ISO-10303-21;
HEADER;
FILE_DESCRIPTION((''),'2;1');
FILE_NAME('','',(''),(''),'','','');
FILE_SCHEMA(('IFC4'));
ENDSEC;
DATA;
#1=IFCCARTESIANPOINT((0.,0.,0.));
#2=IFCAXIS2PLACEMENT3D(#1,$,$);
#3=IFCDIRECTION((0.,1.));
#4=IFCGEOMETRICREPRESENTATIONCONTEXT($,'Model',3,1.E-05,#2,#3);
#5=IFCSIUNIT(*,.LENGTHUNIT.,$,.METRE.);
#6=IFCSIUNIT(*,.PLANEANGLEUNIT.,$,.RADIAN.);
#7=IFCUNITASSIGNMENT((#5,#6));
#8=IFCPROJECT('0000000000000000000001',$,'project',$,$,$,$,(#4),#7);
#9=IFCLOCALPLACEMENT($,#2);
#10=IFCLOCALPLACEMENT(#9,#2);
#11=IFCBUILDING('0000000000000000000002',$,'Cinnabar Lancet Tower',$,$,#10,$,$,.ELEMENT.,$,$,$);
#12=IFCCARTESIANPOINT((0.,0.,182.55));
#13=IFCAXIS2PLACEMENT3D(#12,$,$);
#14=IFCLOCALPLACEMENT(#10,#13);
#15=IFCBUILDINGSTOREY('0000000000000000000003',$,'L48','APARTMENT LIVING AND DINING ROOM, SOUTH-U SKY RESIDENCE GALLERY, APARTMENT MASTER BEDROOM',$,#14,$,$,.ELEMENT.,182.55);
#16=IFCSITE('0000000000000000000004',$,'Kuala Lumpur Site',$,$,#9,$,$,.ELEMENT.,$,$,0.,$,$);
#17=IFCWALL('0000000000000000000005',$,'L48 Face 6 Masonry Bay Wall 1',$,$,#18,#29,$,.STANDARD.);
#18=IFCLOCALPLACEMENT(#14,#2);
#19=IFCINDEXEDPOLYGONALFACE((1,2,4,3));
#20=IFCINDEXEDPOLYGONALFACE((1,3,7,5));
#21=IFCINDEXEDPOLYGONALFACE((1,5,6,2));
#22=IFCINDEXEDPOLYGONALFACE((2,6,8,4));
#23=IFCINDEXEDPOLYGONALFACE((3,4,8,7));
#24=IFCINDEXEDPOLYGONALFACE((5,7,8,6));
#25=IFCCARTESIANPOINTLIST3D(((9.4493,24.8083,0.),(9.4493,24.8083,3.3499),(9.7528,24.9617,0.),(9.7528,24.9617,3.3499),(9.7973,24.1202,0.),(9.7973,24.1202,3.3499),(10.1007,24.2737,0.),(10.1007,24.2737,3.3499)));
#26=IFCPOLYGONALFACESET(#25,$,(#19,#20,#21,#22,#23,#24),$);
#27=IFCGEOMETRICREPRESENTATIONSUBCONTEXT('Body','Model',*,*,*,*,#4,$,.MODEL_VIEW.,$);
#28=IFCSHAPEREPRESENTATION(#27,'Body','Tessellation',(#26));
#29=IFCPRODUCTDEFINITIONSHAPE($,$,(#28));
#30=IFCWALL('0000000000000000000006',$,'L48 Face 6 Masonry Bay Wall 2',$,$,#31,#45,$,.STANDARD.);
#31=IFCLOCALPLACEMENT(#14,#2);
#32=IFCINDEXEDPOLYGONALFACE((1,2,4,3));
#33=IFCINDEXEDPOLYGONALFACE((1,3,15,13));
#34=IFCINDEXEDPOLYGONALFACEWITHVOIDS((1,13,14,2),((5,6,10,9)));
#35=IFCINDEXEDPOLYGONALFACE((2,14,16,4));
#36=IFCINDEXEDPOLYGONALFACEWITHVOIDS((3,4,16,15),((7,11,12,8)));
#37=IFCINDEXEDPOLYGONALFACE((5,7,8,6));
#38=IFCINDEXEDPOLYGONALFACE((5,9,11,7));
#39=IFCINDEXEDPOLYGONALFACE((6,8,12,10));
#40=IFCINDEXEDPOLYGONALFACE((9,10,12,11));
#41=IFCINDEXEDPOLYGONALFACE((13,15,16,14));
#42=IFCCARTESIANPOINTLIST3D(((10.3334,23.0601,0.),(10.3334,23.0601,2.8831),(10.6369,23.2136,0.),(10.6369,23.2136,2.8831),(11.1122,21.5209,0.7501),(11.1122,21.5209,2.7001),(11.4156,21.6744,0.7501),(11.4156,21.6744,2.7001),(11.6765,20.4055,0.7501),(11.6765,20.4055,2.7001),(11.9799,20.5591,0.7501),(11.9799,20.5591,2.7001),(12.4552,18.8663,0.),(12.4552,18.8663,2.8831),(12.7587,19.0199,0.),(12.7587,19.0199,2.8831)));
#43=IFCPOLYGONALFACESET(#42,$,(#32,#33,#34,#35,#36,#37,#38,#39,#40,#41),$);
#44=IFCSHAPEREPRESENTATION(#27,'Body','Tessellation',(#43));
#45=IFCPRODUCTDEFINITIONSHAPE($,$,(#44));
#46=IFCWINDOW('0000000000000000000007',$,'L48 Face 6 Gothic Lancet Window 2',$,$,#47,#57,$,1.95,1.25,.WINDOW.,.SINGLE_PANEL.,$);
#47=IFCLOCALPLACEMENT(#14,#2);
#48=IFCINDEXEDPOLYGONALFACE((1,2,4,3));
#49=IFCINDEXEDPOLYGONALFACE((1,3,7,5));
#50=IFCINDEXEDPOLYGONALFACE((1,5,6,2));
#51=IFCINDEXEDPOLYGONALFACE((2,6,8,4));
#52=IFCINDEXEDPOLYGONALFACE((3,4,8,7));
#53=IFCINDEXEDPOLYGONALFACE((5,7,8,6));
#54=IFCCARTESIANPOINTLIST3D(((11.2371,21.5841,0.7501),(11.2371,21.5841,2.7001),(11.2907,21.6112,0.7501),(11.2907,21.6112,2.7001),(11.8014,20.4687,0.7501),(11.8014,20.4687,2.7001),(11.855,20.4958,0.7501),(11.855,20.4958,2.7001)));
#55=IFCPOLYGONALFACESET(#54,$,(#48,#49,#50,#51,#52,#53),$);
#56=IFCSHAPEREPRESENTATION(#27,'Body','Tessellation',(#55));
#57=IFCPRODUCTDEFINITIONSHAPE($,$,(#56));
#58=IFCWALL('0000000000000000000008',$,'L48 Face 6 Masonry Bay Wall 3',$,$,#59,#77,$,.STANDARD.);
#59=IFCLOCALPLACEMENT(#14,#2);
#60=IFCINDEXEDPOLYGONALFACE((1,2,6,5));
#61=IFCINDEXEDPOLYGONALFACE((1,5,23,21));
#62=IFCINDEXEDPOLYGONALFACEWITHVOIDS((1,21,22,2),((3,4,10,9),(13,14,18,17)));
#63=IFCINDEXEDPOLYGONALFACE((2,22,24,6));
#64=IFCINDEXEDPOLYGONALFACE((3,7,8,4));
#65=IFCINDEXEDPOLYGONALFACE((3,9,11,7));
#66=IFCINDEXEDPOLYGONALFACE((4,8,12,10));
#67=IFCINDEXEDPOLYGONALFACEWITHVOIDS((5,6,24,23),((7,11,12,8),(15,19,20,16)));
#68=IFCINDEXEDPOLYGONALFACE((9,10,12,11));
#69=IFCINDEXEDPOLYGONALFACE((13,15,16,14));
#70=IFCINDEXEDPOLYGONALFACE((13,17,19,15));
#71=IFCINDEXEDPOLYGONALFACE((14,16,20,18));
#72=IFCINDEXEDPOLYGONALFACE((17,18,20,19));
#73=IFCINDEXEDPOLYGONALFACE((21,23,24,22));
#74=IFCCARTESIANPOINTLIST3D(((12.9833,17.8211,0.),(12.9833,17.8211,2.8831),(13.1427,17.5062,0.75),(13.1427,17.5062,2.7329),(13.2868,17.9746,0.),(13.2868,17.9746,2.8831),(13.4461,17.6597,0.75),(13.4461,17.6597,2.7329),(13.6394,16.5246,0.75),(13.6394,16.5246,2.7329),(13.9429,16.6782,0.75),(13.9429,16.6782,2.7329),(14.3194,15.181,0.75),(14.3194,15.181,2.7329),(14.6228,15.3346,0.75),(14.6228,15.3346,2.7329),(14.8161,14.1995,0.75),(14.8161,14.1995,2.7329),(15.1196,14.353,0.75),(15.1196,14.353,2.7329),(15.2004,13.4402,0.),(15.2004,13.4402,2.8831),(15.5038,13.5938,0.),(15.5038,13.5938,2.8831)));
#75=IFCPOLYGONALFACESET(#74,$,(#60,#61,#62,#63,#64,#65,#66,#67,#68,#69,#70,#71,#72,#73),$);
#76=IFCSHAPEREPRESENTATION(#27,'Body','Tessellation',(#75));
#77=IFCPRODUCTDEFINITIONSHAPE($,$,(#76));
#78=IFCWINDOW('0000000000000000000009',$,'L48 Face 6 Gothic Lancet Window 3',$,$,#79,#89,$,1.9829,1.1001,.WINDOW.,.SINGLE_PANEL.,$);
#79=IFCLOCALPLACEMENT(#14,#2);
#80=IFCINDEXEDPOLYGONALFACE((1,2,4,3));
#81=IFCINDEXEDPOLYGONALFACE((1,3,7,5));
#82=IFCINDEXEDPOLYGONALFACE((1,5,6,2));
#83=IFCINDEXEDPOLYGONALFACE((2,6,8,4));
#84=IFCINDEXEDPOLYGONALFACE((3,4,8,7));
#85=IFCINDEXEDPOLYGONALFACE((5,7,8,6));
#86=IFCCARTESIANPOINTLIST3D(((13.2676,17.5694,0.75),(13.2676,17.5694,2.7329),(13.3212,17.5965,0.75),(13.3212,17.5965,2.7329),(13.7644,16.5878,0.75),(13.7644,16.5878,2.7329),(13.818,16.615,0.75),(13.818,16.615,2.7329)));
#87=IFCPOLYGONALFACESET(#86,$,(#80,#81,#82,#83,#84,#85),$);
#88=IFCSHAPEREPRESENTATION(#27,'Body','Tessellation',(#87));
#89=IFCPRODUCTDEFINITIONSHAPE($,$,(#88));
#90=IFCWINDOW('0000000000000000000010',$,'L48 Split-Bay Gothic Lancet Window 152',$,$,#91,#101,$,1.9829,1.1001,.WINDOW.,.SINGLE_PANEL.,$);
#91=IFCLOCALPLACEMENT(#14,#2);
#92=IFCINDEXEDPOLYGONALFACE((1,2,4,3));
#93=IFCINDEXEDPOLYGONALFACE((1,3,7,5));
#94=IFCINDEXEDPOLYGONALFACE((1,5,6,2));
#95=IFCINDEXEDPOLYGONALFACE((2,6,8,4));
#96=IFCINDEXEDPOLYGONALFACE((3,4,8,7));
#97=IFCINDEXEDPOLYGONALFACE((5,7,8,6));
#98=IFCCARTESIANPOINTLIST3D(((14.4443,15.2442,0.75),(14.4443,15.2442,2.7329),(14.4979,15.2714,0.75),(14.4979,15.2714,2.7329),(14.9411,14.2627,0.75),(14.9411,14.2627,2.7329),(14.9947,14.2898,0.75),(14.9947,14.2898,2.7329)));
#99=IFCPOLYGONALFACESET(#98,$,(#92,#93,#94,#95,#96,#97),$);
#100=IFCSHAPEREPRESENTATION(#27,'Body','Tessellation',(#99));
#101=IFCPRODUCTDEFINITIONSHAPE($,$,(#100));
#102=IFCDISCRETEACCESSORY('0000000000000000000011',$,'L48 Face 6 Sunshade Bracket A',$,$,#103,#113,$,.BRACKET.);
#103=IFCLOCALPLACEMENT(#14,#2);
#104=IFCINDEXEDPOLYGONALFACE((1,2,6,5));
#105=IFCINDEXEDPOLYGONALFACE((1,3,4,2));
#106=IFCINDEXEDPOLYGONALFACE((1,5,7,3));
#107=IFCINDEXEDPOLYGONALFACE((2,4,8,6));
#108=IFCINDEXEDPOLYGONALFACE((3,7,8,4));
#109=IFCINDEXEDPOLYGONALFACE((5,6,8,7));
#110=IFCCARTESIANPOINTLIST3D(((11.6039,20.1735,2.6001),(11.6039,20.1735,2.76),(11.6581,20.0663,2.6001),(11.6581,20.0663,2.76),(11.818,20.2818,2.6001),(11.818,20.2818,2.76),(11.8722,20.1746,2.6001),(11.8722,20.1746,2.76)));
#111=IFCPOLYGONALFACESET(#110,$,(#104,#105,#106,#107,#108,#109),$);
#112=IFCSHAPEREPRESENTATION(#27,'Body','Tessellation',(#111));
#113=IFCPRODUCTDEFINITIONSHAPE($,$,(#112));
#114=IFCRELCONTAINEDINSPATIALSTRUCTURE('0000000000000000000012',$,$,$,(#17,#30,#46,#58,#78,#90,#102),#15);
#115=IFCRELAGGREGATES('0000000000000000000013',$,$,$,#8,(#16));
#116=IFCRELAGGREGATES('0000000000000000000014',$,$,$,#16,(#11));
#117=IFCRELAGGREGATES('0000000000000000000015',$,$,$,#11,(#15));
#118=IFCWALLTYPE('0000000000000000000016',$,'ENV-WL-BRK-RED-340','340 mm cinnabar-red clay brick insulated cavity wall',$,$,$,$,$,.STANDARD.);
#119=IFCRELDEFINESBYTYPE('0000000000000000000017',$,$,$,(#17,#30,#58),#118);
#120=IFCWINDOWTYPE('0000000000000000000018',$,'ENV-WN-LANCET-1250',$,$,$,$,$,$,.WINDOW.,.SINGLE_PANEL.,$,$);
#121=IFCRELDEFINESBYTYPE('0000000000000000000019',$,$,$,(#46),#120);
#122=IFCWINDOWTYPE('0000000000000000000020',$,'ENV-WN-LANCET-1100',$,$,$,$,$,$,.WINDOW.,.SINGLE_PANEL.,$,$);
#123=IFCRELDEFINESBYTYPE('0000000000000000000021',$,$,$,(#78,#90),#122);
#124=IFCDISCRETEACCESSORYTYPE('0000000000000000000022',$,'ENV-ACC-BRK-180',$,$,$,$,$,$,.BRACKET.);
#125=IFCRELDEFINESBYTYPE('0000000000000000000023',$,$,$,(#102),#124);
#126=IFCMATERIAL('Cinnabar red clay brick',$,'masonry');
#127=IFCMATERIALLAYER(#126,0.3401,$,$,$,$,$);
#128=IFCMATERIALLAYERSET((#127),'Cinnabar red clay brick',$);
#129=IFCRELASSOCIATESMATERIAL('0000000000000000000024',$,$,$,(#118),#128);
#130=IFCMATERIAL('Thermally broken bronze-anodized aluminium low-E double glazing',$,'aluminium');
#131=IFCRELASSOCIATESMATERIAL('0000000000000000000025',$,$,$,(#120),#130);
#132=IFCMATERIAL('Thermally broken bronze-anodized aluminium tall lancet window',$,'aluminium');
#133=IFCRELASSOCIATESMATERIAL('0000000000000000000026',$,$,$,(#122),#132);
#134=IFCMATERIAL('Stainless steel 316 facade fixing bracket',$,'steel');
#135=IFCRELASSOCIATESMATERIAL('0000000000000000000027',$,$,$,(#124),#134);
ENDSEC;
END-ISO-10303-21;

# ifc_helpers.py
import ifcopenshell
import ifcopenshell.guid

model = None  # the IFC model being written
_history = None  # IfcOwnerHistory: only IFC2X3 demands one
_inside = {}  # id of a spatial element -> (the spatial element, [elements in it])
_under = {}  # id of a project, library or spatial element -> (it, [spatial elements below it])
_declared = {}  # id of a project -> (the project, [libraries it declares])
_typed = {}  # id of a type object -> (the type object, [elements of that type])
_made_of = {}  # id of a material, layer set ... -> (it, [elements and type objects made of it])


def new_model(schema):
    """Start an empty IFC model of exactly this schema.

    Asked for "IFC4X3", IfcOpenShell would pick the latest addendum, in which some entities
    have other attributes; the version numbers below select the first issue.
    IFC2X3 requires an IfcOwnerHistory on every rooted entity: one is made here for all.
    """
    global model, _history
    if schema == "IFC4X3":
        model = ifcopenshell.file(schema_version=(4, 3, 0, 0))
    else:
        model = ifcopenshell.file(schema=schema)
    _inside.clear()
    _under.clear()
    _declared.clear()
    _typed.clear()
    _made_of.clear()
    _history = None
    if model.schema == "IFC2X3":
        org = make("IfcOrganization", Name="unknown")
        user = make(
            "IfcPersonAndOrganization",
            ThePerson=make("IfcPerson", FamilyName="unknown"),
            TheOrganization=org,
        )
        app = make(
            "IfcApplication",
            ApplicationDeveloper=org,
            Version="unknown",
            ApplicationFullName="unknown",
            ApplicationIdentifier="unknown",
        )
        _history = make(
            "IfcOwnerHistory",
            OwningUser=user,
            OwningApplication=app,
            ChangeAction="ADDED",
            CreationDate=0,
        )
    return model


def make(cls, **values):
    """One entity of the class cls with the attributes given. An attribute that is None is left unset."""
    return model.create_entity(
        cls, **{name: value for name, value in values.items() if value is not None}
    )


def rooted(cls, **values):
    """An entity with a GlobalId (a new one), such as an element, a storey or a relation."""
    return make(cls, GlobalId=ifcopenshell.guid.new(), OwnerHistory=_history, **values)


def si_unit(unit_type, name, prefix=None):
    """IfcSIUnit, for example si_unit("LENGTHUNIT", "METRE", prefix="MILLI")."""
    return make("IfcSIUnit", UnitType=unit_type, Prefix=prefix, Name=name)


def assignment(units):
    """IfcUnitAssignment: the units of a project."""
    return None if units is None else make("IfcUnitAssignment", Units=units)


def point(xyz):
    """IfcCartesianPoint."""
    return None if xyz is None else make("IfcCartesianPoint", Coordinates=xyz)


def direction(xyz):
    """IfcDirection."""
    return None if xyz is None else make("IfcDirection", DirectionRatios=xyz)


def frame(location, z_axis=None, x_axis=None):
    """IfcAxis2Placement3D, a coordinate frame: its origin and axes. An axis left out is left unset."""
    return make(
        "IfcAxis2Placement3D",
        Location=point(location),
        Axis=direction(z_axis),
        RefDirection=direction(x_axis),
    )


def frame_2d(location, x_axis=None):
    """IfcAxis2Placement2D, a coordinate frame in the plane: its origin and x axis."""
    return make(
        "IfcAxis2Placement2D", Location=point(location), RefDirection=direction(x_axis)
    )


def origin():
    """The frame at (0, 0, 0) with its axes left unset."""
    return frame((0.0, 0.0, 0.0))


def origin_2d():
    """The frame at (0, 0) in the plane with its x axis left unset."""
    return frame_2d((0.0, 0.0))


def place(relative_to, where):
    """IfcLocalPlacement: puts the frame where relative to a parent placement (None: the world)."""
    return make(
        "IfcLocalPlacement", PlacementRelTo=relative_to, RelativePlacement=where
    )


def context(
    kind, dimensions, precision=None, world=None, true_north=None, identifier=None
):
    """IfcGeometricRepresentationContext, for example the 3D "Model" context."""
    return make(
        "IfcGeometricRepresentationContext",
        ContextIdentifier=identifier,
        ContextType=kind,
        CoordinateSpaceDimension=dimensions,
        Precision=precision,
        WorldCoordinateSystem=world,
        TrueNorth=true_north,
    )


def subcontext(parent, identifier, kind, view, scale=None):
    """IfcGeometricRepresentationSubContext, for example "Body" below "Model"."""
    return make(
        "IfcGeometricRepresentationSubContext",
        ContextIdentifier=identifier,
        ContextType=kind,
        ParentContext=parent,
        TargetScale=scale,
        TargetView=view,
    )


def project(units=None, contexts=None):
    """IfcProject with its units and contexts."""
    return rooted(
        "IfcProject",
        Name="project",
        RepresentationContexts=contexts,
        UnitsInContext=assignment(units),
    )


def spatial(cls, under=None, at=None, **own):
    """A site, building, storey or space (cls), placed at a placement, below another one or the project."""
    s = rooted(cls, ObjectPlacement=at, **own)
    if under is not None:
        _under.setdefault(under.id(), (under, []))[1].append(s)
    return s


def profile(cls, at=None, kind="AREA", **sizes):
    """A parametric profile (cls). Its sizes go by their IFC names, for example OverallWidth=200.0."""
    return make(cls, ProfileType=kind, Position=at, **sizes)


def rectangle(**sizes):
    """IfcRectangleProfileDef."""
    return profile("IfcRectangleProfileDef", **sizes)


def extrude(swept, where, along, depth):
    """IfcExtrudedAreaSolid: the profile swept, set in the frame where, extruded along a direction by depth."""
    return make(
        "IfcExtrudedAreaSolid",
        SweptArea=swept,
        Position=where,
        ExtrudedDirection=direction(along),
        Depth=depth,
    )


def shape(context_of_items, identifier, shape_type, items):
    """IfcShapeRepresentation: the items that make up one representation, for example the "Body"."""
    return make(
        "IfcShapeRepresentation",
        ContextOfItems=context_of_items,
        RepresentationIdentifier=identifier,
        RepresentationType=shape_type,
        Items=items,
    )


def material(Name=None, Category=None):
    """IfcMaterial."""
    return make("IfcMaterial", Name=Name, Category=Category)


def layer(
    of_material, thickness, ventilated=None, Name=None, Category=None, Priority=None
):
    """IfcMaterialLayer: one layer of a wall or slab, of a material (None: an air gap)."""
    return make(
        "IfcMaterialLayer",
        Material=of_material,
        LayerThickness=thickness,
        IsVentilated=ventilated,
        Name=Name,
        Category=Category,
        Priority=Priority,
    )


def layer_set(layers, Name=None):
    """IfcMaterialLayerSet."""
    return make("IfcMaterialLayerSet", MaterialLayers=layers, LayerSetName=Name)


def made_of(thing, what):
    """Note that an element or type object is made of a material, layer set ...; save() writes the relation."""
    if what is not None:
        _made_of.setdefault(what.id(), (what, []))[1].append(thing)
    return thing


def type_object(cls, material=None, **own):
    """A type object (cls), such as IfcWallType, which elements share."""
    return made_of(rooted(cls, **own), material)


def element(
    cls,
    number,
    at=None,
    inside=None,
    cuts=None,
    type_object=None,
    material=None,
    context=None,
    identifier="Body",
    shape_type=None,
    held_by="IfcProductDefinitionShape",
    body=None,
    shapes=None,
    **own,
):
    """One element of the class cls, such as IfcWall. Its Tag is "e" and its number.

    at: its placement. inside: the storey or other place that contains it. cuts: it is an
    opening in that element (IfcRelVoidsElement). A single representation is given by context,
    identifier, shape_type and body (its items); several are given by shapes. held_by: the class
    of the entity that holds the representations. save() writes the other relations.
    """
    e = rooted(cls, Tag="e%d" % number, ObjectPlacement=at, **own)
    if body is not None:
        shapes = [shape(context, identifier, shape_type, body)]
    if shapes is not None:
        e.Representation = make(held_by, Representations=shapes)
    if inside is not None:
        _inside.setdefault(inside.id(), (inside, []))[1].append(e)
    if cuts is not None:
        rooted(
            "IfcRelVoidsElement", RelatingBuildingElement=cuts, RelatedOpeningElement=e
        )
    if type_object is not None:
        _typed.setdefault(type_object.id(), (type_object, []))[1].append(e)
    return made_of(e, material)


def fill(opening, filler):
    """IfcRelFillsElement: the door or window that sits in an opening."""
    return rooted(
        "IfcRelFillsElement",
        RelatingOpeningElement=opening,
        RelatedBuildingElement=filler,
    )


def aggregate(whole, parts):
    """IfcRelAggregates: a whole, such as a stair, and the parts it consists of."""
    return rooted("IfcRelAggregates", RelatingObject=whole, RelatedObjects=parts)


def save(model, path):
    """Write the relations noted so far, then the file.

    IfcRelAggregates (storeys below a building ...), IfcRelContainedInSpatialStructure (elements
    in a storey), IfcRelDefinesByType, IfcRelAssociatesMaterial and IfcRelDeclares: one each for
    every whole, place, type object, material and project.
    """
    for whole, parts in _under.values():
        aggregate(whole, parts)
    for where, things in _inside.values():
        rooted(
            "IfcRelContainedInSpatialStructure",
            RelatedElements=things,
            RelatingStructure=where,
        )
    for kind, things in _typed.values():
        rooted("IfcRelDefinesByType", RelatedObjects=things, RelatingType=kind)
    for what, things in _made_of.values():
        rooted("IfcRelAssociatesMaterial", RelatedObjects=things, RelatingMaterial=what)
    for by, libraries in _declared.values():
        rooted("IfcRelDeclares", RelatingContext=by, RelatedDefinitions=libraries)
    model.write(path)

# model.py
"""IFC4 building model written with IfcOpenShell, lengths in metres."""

from ifc_helpers import new_model, si_unit, direction, frame, frame_2d, origin, origin_2d, place, context, subcontext, project, spatial, rectangle, extrude, material, layer, layer_set, type_object, element, fill, save


model = new_model("IFC4")

# Units and contexts
model_context = context("Model", 3, precision=1e-05, world=origin(), true_north=direction((0.0, 1.0)))
body_context = subcontext(model_context, "Body", "Model", "MODEL_VIEW")
ifc_project = project(units=[si_unit("LENGTHUNIT", "METRE"), si_unit("PLANEANGLEUNIT", "RADIAN")], contexts=[model_context])

# Site, building, storey
site_placement = place(None, origin())
site = spatial("IfcSite", under=ifc_project, at=site_placement, Name="Kuala Lumpur Site", CompositionType="ELEMENT", RefElevation=0.0)
building_placement = place(site_placement, origin())
building = spatial("IfcBuilding", under=site, at=building_placement, Name="Cinnabar Lancet Tower", CompositionType="ELEMENT")
storey_placement = place(building_placement, frame((0.0, 0.0, 182.55)))
storey = spatial("IfcBuildingStorey", under=building, at=storey_placement, Name="L48", Description="APARTMENT LIVING AND DINING ROOM, SOUTH-U SKY RESIDENCE GALLERY, APARTMENT MASTER BEDROOM", CompositionType="ELEMENT", Elevation=182.55)

# Wall
ifc_material_1 = material(Name="Cinnabar red clay brick", Category="masonry")
ifc_layer_1 = layer(ifc_material_1, 0.3401)
ifc_layer_set_1 = layer_set([ifc_layer_1], Name="Cinnabar red clay brick")
wall_type_1 = type_object("IfcWallType", Name="ENV-WL-BRK-RED-340", Description="340 mm cinnabar-red clay brick insulated cavity wall", PredefinedType="STANDARD", material=ifc_layer_set_1)
wall_1_placement = place(storey_placement, frame((9.6011, 24.885, 0.0), z_axis=(0.0, 0.0, 1.0), x_axis=(0.451262, -0.892391, 0.0)))
element("IfcWall", 1, at=wall_1_placement, inside=storey, type_object=wall_type_1, Name="L48 Face 6 Masonry Bay Wall 1", PredefinedType="STANDARD", context=body_context, shape_type="SweptSolid", body=[
    extrude(rectangle(XDim=0.771, YDim=0.3401, at=frame_2d((0.3855, 0.0))), origin(), (0.0, 0.0, 1.0), 3.3499),
])

# Wall, opening, window
wall_2_placement = place(storey_placement, frame((10.4851, 23.137, 0.0), z_axis=(0.0, 0.0, 1.0), x_axis=(0.451447, -0.892298, 0.0)))
wall_2 = element("IfcWall", 2, at=wall_2_placement, inside=storey, type_object=wall_type_1, Name="L48 Face 6 Masonry Bay Wall 2", PredefinedType="STANDARD", context=body_context, shape_type="SweptSolid", body=[
    extrude(rectangle(XDim=4.7, YDim=0.3401, at=frame_2d((2.3501, 0.0))), origin(), (0.0, 0.0, 1.0), 2.8831),
])
opening_1_placement = place(wall_2_placement, frame((1.7251, 0.0, 0.75)))
opening_1 = element("IfcOpeningElement", 3, at=opening_1_placement, cuts=wall_2, PredefinedType="OPENING", context=body_context, shape_type="SweptSolid", body=[
    extrude(rectangle(XDim=1.25, YDim=1.95, at=frame_2d((0.625, 0.9751))), frame((0.0, 0.1799, 0.0), z_axis=(0.0, -1.0, 0.0), x_axis=(1.0, 0.0, 0.0)), (0.0, 0.0, 1.0), 0.3601),
])
ifc_material_2 = material(Name="Thermally broken bronze-anodized aluminium low-E double glazing", Category="aluminium")
window_type_1 = type_object("IfcWindowType", Name="ENV-WN-LANCET-1250", PartitioningType="SINGLE_PANEL", PredefinedType="WINDOW", material=ifc_material_2)
window_1_placement = place(opening_1_placement, origin())
window_1 = element("IfcWindow", 4, at=window_1_placement, inside=storey, type_object=window_type_1, Name="L48 Face 6 Gothic Lancet Window 2", OverallHeight=1.95, OverallWidth=1.25, PartitioningType="SINGLE_PANEL", PredefinedType="WINDOW", context=body_context, shape_type="SweptSolid", body=[
    extrude(rectangle(XDim=1.25, YDim=1.95, at=frame_2d((0.625, 0.9751))), frame((0.0, 0.03, 0.0), z_axis=(0.0, -1.0, 0.0), x_axis=(1.0, 0.0, 0.0)), (0.0, 0.0, 1.0), 0.0601),
])
fill(opening_1, window_1)

# Wall, openings, windows
wall_3_placement = place(storey_placement, frame((13.135, 17.8979, 0.0), z_axis=(0.0, 0.0, 1.0), x_axis=(0.451544, -0.892249, 0.0)))
wall_3 = element("IfcWall", 5, at=wall_3_placement, inside=storey, type_object=wall_type_1, Name="L48 Face 6 Masonry Bay Wall 3", PredefinedType="STANDARD", context=body_context, shape_type="SweptSolid", body=[
    extrude(rectangle(XDim=4.9099, YDim=0.3401, at=frame_2d((2.4551, 0.0))), origin(), (0.0, 0.0, 1.0), 2.8831),
])
opening_2_placement = place(wall_3_placement, frame((0.353, 0.0, 0.75)))
opening_2 = element("IfcOpeningElement", 6, at=opening_2_placement, cuts=wall_3, PredefinedType="OPENING", context=body_context, shape_type="SweptSolid", body=[
    extrude(rectangle(XDim=1.1001, YDim=1.9829, at=frame_2d((0.55, 0.9915))), frame((0.0, 0.1799, 0.0), z_axis=(0.0, -1.0, 0.0), x_axis=(1.0, 0.0, 0.0)), (0.0, 0.0, 1.0), 0.3601),
])
opening_3_placement = place(wall_3_placement, frame((2.959, 0.0, 0.75)))
opening_3 = element("IfcOpeningElement", 7, at=opening_3_placement, cuts=wall_3, PredefinedType="OPENING", context=body_context, shape_type="SweptSolid", body=[
    extrude(rectangle(XDim=1.1001, YDim=1.9829, at=frame_2d((0.55, 0.9915))), frame((0.0, 0.1799, 0.0), z_axis=(0.0, -1.0, 0.0), x_axis=(1.0, 0.0, 0.0)), (0.0, 0.0, 1.0), 0.3601),
])
ifc_material_3 = material(Name="Thermally broken bronze-anodized aluminium tall lancet window", Category="aluminium")
window_type_2 = type_object("IfcWindowType", Name="ENV-WN-LANCET-1100", PartitioningType="SINGLE_PANEL", PredefinedType="WINDOW", material=ifc_material_3)
window_2_placement = place(opening_2_placement, origin())
window_2 = element("IfcWindow", 8, at=window_2_placement, inside=storey, type_object=window_type_2, Name="L48 Face 6 Gothic Lancet Window 3", OverallHeight=1.9829, OverallWidth=1.1001, PartitioningType="SINGLE_PANEL", PredefinedType="WINDOW", context=body_context, shape_type="SweptSolid", body=[
    extrude(rectangle(XDim=1.1001, YDim=1.9829, at=frame_2d((0.55, 0.9915))), frame((0.0, 0.03, 0.0), z_axis=(0.0, -1.0, 0.0), x_axis=(1.0, 0.0, 0.0)), (0.0, 0.0, 1.0), 0.0601),
])
fill(opening_2, window_2)
window_3_placement = place(opening_3_placement, origin())
window_3 = element("IfcWindow", 9, at=window_3_placement, inside=storey, type_object=window_type_2, Name="L48 Split-Bay Gothic Lancet Window 152", OverallHeight=1.9829, OverallWidth=1.1001, PartitioningType="SINGLE_PANEL", PredefinedType="WINDOW", context=body_context, shape_type="SweptSolid", body=[
    extrude(rectangle(XDim=1.1001, YDim=1.9829, at=frame_2d((0.55, 0.9915))), frame((0.0, 0.03, 0.0), z_axis=(0.0, -1.0, 0.0), x_axis=(1.0, 0.0, 0.0)), (0.0, 0.0, 1.0), 0.0601),
])
fill(opening_3, window_3)

# Discrete accessory
ifc_material_4 = material(Name="Stainless steel 316 facade fixing bracket", Category="steel")
discrete_accessory_type = type_object("IfcDiscreteAccessoryType", Name="ENV-ACC-BRK-180", PredefinedType="BRACKET", material=ifc_material_4)
discrete_accessory_placement = place(storey_placement, frame((11.738, 20.1741, 2.6001), z_axis=(0.0, 0.0, 1.0), x_axis=(0.451407, -0.892318, 0.0)))
element("IfcDiscreteAccessory", 10, at=discrete_accessory_placement, inside=storey, type_object=discrete_accessory_type, Name="L48 Face 6 Sunshade Bracket A", PredefinedType="BRACKET", context=body_context, shape_type="SweptSolid", body=[
    extrude(rectangle(XDim=0.1201, YDim=0.24, at=origin_2d()), origin(), (0.0, 0.0, 1.0), 0.1599),
])

save(model, "model.ifc")
